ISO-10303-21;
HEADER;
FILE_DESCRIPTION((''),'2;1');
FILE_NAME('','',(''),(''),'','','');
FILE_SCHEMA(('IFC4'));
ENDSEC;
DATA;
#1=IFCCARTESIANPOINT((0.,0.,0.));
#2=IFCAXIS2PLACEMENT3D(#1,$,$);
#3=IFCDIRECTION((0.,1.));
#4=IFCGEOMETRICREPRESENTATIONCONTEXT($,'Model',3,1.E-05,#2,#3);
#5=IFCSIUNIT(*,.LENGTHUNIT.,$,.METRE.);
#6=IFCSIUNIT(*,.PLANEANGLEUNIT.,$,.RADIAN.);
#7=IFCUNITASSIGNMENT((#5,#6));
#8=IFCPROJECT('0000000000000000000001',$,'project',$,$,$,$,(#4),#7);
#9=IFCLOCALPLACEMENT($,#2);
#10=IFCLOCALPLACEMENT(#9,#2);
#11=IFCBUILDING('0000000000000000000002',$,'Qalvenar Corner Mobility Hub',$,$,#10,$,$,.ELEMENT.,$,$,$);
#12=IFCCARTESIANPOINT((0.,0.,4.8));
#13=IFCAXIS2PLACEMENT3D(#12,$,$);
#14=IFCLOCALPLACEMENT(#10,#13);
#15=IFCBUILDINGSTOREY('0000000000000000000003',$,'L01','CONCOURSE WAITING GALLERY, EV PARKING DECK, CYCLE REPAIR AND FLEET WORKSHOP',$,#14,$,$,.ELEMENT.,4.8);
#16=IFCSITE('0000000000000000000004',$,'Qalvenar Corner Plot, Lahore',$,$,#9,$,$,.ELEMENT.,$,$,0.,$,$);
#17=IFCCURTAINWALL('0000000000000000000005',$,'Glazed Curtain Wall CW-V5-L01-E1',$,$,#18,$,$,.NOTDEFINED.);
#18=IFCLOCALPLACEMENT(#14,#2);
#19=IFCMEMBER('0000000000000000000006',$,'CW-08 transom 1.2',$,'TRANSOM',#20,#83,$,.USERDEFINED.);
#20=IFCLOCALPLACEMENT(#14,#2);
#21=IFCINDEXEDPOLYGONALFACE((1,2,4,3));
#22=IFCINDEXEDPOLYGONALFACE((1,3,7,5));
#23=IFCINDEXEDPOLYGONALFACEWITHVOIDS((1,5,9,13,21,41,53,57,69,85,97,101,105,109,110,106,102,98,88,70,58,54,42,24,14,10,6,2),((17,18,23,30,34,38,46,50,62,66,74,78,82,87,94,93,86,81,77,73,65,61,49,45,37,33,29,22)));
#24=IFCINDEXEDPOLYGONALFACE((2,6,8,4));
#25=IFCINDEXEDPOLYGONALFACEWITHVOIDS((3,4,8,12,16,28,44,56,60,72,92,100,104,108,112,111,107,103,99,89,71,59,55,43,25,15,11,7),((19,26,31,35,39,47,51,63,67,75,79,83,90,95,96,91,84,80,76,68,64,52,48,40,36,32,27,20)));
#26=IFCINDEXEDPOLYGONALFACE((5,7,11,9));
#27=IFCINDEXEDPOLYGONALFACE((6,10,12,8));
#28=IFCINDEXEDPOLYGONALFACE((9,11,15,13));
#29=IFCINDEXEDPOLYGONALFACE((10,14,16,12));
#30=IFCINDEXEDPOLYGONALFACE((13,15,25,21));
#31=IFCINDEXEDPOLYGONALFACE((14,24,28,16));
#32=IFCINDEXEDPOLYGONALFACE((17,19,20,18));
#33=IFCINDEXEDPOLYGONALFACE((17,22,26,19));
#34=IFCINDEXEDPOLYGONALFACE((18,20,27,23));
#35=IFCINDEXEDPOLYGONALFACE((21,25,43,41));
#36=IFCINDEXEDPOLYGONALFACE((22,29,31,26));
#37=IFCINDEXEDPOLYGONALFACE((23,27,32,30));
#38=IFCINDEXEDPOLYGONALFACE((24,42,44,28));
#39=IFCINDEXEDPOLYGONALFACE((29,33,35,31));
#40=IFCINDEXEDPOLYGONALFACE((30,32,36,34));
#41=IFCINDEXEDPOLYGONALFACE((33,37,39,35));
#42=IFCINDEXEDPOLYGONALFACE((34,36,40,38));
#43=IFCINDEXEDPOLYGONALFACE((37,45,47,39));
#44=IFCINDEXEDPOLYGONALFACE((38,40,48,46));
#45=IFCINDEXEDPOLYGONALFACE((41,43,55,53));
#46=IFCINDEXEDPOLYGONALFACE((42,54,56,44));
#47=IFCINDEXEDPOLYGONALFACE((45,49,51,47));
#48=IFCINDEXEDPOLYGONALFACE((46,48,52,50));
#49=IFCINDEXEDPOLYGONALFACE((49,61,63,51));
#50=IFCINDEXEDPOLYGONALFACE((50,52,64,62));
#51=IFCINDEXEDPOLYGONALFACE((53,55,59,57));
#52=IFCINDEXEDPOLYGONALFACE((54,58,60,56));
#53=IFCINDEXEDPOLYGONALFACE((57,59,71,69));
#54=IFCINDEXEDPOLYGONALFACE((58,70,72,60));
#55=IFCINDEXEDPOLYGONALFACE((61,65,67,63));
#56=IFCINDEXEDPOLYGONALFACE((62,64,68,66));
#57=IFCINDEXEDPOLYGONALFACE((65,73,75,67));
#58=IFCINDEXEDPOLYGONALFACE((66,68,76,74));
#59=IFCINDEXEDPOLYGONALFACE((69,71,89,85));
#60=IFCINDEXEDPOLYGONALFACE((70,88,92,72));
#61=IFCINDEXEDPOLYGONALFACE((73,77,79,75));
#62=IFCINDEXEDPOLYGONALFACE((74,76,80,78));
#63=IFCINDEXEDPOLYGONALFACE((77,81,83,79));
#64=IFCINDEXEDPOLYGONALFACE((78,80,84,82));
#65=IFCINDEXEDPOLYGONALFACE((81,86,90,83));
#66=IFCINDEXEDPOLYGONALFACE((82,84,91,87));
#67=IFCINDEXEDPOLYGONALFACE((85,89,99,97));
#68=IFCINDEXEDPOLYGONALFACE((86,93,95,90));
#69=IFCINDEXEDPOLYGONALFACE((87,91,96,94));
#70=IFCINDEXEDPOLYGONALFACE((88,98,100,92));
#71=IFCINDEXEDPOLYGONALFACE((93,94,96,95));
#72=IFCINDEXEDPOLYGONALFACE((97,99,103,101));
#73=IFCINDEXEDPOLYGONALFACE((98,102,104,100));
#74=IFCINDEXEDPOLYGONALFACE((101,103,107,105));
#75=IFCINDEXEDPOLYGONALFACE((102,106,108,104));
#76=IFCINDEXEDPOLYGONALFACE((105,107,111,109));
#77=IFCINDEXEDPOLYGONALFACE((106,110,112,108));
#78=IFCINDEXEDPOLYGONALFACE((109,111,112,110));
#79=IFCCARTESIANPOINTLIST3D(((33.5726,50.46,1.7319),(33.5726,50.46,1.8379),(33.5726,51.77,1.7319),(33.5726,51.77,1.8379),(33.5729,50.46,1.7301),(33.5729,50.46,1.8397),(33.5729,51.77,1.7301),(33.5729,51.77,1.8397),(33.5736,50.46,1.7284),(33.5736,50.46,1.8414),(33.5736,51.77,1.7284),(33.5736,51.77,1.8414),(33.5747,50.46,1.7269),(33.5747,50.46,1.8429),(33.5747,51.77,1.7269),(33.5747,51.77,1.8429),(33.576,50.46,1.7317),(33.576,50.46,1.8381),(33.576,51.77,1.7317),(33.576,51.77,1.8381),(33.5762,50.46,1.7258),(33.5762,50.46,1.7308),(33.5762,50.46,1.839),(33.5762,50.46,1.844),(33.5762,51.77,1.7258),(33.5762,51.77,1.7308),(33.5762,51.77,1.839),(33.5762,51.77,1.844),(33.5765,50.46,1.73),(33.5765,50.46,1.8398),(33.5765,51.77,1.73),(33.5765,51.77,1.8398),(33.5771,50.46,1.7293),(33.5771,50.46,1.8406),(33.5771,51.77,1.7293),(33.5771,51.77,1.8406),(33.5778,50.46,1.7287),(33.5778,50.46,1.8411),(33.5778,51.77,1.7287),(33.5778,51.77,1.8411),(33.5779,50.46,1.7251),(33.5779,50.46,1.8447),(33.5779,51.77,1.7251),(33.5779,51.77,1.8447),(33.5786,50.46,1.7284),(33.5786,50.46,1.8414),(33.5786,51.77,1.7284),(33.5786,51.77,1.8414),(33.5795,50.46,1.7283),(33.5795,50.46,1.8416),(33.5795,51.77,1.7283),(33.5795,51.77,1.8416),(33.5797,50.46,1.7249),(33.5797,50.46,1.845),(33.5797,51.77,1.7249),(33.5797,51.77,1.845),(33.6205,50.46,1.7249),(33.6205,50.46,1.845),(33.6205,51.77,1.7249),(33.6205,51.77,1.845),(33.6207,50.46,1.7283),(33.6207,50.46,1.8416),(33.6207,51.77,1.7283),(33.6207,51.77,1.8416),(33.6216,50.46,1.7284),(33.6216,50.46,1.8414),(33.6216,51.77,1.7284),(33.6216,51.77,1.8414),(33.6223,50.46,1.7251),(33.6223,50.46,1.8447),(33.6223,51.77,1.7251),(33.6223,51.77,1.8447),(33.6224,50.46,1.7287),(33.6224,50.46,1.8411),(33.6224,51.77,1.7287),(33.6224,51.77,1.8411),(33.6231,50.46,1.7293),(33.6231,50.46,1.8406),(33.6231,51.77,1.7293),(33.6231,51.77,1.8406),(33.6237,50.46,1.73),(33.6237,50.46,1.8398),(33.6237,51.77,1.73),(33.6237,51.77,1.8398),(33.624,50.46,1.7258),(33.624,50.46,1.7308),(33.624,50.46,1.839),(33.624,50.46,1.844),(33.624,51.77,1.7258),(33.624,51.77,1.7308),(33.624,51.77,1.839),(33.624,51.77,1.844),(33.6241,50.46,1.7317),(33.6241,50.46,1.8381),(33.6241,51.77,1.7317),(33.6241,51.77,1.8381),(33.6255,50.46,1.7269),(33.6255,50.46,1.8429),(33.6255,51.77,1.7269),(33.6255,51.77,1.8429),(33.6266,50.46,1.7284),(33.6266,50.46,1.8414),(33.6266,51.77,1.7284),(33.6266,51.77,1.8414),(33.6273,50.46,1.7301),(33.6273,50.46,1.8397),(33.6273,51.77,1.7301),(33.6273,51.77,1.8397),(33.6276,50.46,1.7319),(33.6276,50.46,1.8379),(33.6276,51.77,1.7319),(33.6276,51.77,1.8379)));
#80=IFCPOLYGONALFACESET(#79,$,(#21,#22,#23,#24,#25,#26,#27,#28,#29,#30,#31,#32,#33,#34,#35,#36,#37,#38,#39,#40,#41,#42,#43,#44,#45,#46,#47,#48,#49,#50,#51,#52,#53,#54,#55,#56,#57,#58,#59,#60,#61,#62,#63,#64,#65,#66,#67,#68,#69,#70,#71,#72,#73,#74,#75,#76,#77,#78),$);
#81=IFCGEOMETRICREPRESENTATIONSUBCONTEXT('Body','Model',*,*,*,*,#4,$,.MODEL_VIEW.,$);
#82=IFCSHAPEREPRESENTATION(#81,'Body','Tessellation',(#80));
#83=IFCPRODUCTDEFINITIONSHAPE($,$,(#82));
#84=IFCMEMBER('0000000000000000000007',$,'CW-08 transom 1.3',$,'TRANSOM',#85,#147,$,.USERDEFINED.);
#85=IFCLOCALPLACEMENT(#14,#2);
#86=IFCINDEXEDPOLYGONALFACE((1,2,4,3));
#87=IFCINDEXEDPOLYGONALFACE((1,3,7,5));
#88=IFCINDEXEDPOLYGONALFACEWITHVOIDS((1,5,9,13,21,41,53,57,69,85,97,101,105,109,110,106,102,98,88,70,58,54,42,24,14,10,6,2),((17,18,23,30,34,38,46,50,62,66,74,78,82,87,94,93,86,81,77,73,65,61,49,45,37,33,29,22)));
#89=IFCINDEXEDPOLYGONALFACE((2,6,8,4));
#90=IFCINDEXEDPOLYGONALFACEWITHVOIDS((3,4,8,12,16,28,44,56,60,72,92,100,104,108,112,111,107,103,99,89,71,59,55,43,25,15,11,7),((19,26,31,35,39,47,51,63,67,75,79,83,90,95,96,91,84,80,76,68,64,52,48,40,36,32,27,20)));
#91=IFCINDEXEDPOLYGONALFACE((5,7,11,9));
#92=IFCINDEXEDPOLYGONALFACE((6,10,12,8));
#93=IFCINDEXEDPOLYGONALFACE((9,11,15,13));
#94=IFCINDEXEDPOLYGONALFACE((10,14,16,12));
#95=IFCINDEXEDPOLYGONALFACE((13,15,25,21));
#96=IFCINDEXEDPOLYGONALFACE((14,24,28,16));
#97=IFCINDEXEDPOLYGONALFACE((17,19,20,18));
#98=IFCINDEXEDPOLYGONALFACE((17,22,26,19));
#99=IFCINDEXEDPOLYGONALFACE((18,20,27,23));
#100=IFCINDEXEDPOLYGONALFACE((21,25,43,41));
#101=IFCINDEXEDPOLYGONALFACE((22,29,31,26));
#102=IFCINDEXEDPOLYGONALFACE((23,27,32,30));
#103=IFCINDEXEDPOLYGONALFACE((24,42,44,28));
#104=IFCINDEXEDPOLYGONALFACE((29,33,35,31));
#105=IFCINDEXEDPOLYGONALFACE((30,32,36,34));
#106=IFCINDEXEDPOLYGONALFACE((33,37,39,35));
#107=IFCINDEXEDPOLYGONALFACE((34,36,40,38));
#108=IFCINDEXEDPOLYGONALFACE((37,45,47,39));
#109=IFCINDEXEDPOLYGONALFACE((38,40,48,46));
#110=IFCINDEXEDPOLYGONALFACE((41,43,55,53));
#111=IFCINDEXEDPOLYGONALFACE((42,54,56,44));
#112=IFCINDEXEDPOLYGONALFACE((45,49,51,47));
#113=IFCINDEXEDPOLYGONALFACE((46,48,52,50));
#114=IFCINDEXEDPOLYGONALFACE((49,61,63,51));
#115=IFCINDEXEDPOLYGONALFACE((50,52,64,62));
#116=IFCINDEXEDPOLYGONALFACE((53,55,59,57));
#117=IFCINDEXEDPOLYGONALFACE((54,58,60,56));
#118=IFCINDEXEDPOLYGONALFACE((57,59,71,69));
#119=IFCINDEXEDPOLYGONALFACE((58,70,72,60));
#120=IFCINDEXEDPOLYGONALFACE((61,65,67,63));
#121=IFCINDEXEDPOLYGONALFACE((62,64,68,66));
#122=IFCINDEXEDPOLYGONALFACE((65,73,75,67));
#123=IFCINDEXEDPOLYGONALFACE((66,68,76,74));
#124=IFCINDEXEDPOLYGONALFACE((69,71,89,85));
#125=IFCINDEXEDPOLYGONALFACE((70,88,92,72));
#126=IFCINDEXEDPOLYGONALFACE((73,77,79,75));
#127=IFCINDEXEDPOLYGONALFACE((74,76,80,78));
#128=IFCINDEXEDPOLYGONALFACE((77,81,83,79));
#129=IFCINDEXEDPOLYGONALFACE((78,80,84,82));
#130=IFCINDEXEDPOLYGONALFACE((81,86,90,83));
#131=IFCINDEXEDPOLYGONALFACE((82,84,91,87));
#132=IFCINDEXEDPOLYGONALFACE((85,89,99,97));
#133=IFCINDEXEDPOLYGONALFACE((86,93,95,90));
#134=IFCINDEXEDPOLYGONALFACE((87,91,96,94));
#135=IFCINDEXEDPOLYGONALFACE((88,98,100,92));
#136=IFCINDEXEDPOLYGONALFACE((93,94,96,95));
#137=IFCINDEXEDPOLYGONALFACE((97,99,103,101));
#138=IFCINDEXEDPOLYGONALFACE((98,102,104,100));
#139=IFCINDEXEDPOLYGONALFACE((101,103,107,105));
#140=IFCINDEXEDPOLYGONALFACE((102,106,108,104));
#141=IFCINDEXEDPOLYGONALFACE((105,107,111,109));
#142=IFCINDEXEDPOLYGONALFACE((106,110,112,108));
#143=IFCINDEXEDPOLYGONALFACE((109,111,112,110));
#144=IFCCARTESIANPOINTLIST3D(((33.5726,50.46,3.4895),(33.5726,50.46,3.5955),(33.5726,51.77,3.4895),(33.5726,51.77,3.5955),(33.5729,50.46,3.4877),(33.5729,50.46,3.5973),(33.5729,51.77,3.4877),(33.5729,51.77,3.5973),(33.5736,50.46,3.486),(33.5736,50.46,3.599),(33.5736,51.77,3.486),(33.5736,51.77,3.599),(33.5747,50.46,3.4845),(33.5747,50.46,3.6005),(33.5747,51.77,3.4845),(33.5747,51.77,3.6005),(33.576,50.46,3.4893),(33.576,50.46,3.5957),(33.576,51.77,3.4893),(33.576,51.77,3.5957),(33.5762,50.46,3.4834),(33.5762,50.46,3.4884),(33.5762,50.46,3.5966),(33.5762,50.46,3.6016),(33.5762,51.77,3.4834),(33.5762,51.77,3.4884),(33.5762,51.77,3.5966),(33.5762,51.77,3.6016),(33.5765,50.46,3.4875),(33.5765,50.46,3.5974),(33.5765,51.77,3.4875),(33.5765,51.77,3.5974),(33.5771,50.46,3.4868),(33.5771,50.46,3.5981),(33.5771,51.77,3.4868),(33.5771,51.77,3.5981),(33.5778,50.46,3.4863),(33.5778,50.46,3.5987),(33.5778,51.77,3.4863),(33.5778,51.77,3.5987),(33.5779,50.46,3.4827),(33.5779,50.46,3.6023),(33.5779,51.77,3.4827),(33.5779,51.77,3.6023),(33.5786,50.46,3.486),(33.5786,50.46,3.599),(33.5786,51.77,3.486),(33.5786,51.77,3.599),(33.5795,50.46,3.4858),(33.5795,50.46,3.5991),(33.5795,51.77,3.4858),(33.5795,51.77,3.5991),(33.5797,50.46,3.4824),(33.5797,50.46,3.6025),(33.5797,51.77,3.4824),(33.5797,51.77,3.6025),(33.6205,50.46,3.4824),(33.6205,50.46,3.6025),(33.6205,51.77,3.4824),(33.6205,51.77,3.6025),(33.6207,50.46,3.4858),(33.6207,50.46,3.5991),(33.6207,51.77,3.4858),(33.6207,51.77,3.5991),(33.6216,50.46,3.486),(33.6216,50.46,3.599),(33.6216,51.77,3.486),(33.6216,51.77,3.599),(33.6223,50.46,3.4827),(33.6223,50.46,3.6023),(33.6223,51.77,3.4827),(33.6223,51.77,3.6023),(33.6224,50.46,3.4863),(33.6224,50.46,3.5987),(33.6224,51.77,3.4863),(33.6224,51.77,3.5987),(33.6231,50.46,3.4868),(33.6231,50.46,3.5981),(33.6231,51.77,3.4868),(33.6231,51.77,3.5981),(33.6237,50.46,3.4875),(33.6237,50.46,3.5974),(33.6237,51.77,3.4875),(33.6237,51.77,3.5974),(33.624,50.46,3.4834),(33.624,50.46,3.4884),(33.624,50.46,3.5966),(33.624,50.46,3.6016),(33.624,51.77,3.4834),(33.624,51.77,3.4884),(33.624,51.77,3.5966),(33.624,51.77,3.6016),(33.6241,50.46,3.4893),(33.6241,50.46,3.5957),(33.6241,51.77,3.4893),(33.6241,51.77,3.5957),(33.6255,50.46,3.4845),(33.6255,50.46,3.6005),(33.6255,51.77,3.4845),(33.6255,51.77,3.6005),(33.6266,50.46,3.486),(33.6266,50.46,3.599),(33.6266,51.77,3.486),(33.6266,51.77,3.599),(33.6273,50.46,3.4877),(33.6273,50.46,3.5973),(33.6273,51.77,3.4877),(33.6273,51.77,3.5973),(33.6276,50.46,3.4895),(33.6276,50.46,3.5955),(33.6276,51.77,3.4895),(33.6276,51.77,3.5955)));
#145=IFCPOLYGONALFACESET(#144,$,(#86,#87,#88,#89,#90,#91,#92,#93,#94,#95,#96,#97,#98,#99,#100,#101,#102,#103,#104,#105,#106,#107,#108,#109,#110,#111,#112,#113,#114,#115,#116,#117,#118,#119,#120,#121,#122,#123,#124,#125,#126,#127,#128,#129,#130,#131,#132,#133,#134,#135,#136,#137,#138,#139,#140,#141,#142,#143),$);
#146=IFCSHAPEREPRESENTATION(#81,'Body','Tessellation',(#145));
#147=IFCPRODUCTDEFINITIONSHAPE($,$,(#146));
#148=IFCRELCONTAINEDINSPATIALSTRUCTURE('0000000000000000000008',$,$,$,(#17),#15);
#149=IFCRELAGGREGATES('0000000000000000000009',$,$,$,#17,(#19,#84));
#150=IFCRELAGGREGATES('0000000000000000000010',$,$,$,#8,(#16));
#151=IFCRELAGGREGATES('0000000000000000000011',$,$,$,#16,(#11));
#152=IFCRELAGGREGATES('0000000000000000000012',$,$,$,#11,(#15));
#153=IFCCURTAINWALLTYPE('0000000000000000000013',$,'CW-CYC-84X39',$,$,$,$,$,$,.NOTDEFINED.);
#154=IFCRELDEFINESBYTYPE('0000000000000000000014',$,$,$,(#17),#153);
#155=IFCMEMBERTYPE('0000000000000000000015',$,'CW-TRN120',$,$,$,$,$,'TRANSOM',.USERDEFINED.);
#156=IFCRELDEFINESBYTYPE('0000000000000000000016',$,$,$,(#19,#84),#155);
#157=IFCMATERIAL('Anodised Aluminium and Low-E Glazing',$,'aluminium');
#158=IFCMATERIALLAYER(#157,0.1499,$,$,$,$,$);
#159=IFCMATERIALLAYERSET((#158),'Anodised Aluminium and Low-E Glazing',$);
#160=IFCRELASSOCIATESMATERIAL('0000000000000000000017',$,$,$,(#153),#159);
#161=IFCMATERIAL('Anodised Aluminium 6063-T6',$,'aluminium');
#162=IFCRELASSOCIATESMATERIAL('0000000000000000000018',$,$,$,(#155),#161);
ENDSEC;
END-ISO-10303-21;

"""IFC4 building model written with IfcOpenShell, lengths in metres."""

from ifc_helpers import new_model, si_unit, direction, frame, origin, origin_2d, place, context, subcontext, project, spatial, hollow_rectangle, extrude, material, layer, layer_set, material_profile, profile_set, type_object, element, aggregate, save


model = new_model("IFC4")

# Units and contexts
model_context = context("Model", 3, precision=1e-05, world=origin(), true_north=direction((0.0, 1.0)))
body_context = subcontext(model_context, "Body", "Model", "MODEL_VIEW")
ifc_project = project(units=[si_unit("LENGTHUNIT", "METRE"), si_unit("PLANEANGLEUNIT", "RADIAN")], contexts=[model_context])

# Site, building, storey
site_placement = place(None, origin())
site = spatial("IfcSite", under=ifc_project, at=site_placement, Name="Qalvenar Corner Plot, Lahore", CompositionType="ELEMENT", RefElevation=0.0)
building_placement = place(site_placement, origin())
building = spatial("IfcBuilding", under=site, at=building_placement, Name="Qalvenar Corner Mobility Hub", CompositionType="ELEMENT")
storey_placement = place(building_placement, frame((0.0, 0.0, 4.8)))
storey = spatial("IfcBuildingStorey", under=building, at=storey_placement, Name="L01", Description="CONCOURSE WAITING GALLERY, EV PARKING DECK, CYCLE REPAIR AND FLEET WORKSHOP", CompositionType="ELEMENT", Elevation=4.8)

# Curtain wall, members
ifc_material_1 = material(Name="Anodised Aluminium and Low-E Glazing", Category="aluminium")
ifc_layer_1 = layer(ifc_material_1, 0.1499)
ifc_layer_set_1 = layer_set([ifc_layer_1], Name="Anodised Aluminium and Low-E Glazing")
curtain_wall_type = type_object("IfcCurtainWallType", Name="CW-CYC-84X39", PredefinedType="NOTDEFINED", material=ifc_layer_set_1)
curtain_wall_placement = place(storey_placement, origin())
curtain_wall = element("IfcCurtainWall", 1, at=curtain_wall_placement, inside=storey, type_object=curtain_wall_type, Name="Glazed Curtain Wall CW-V5-L01-E1", PredefinedType="NOTDEFINED")
ifc_material_2 = material(Name="Anodised Aluminium 6063-T6", Category="aluminium")
ifc_material_profile_1 = material_profile(ifc_material_2, hollow_rectangle(XDim=0.0549, YDim=0.1201, WallThickness=0.0034, InnerFilletRadius=0.0034, OuterFilletRadius=0.0071, at=origin_2d()), Name="RHS120x55x3.5")
ifc_profile_set_1 = profile_set([ifc_material_profile_1], Name="Anodised Aluminium 6063-T6")
member_type_1 = type_object("IfcMemberType", Name="CW-TRN120", ElementType="TRANSOM", PredefinedType="USERDEFINED", material=ifc_profile_set_1)
member_1_placement = place(storey_placement, frame((33.6001, 50.46, 1.7849), z_axis=(0.0, 1.0, 0.0), x_axis=(-1.0, 0.0, 0.0)))
member_1 = element("IfcMember", 2, at=member_1_placement, type_object=member_type_1, Name="CW-08 transom 1.2", ObjectType="TRANSOM", PredefinedType="USERDEFINED", context=body_context, shape_type="SweptSolid", body=[
    extrude(hollow_rectangle(XDim=0.0549, YDim=0.1201, WallThickness=0.0034, InnerFilletRadius=0.0034, OuterFilletRadius=0.0071, at=origin_2d()), origin(), (0.0, 0.0, 1.0), 1.3101),
])
member_2_placement = place(storey_placement, frame((33.6001, 50.46, 3.5425), z_axis=(0.0, 1.0, 0.0), x_axis=(-1.0, 0.0, 0.0)))
member_2 = element("IfcMember", 3, at=member_2_placement, type_object=member_type_1, Name="CW-08 transom 1.3", ObjectType="TRANSOM", PredefinedType="USERDEFINED", context=body_context, shape_type="SweptSolid", body=[
    extrude(hollow_rectangle(XDim=0.0549, YDim=0.1201, WallThickness=0.0034, InnerFilletRadius=0.0034, OuterFilletRadius=0.0071, at=origin_2d()), origin(), (0.0, 0.0, 1.0), 1.3101),
])
aggregate(curtain_wall, [member_1, member_2])

save(model, "model.ifc")
